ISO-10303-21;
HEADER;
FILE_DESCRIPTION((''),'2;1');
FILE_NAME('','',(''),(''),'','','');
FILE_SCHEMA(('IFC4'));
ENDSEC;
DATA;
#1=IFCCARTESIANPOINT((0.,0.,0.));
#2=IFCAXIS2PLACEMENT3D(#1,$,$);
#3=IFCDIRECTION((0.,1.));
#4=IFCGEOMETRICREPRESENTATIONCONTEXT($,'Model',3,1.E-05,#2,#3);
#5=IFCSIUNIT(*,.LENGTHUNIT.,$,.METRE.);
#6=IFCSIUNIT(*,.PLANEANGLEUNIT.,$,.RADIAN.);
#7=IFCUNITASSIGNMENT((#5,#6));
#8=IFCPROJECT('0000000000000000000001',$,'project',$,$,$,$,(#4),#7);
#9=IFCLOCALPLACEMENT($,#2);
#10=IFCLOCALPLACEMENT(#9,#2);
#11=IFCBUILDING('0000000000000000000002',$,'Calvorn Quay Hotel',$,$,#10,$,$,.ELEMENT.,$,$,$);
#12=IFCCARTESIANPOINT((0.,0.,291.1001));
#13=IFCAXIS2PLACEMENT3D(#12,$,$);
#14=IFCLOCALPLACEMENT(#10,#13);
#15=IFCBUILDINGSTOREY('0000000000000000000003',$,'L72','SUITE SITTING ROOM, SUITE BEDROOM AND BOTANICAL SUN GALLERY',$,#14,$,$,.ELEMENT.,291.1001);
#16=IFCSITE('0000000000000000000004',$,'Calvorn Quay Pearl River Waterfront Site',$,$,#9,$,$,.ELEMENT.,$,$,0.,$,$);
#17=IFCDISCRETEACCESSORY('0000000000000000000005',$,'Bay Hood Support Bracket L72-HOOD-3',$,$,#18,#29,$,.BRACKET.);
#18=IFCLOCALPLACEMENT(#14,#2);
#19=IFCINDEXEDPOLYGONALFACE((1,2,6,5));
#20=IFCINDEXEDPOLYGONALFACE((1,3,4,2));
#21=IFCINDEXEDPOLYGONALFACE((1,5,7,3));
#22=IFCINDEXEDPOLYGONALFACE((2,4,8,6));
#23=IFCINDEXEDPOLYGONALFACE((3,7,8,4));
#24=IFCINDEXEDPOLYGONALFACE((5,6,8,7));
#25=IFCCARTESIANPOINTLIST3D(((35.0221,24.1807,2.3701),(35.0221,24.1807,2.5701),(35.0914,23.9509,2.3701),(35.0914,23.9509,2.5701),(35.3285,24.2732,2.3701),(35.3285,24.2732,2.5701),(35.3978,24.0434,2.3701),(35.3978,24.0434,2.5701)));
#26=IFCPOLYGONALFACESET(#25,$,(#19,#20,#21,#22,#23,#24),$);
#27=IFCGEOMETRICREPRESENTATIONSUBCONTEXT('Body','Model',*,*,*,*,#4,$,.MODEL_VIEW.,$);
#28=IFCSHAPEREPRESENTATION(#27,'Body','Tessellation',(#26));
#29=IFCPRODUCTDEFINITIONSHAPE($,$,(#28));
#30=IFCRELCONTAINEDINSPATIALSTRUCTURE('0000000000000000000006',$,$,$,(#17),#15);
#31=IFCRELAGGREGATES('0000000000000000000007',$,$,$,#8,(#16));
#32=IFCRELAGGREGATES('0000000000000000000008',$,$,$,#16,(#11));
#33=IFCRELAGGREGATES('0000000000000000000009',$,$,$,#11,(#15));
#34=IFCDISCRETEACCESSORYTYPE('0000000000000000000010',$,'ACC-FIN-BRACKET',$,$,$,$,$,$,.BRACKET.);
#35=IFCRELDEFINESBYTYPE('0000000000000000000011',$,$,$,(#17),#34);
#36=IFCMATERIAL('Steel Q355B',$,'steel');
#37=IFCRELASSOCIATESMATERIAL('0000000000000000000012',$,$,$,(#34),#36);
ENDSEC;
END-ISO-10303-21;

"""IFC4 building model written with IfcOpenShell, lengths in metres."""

from ifc_helpers import new_model, si_unit, direction, frame, origin, origin_2d, place, context, subcontext, project, spatial, rectangle, extrude, material, type_object, element, save


model = new_model("IFC4")

# Units and contexts
model_context = context("Model", 3, precision=1e-05, world=origin(), true_north=direction((0.0, 1.0)))
body_context = subcontext(model_context, "Body", "Model", "MODEL_VIEW")
ifc_project = project(units=[si_unit("LENGTHUNIT", "METRE"), si_unit("PLANEANGLEUNIT", "RADIAN")], contexts=[model_context])

# Site, building, storey
site_placement = place(None, origin())
site = spatial("IfcSite", under=ifc_project, at=site_placement, Name="Calvorn Quay Pearl River Waterfront Site", CompositionType="ELEMENT", RefElevation=0.0)
building_placement = place(site_placement, origin())
building = spatial("IfcBuilding", under=site, at=building_placement, Name="Calvorn Quay Hotel", CompositionType="ELEMENT")
storey_placement = place(building_placement, frame((0.0, 0.0, 291.1001)))
storey = spatial("IfcBuildingStorey", under=building, at=storey_placement, Name="L72", Description="SUITE SITTING ROOM, SUITE BEDROOM AND BOTANICAL SUN GALLERY", CompositionType="ELEMENT", Elevation=291.1001)

# Discrete accessory
ifc_material_1 = material(Name="Steel Q355B", Category="steel")
discrete_accessory_type_1 = type_object("IfcDiscreteAccessoryType", Name="ACC-FIN-BRACKET", PredefinedType="BRACKET", material=ifc_material_1)
discrete_accessory_1_placement = place(storey_placement, frame((35.21, 24.1121, 2.3701), z_axis=(0.0, 0.0, 1.0), x_axis=(0.957319, 0.289032, 0.0)))
element("IfcDiscreteAccessory", 1, at=discrete_accessory_1_placement, inside=storey, type_object=discrete_accessory_type_1, Name="Bay Hood Support Bracket L72-HOOD-3", PredefinedType="BRACKET", context=body_context, shape_type="SweptSolid", body=[
    extrude(rectangle(XDim=0.3201, YDim=0.24, at=origin_2d()), origin(), (0.0, 0.0, 1.0), 0.2),
])

save(model, "model.ifc")
